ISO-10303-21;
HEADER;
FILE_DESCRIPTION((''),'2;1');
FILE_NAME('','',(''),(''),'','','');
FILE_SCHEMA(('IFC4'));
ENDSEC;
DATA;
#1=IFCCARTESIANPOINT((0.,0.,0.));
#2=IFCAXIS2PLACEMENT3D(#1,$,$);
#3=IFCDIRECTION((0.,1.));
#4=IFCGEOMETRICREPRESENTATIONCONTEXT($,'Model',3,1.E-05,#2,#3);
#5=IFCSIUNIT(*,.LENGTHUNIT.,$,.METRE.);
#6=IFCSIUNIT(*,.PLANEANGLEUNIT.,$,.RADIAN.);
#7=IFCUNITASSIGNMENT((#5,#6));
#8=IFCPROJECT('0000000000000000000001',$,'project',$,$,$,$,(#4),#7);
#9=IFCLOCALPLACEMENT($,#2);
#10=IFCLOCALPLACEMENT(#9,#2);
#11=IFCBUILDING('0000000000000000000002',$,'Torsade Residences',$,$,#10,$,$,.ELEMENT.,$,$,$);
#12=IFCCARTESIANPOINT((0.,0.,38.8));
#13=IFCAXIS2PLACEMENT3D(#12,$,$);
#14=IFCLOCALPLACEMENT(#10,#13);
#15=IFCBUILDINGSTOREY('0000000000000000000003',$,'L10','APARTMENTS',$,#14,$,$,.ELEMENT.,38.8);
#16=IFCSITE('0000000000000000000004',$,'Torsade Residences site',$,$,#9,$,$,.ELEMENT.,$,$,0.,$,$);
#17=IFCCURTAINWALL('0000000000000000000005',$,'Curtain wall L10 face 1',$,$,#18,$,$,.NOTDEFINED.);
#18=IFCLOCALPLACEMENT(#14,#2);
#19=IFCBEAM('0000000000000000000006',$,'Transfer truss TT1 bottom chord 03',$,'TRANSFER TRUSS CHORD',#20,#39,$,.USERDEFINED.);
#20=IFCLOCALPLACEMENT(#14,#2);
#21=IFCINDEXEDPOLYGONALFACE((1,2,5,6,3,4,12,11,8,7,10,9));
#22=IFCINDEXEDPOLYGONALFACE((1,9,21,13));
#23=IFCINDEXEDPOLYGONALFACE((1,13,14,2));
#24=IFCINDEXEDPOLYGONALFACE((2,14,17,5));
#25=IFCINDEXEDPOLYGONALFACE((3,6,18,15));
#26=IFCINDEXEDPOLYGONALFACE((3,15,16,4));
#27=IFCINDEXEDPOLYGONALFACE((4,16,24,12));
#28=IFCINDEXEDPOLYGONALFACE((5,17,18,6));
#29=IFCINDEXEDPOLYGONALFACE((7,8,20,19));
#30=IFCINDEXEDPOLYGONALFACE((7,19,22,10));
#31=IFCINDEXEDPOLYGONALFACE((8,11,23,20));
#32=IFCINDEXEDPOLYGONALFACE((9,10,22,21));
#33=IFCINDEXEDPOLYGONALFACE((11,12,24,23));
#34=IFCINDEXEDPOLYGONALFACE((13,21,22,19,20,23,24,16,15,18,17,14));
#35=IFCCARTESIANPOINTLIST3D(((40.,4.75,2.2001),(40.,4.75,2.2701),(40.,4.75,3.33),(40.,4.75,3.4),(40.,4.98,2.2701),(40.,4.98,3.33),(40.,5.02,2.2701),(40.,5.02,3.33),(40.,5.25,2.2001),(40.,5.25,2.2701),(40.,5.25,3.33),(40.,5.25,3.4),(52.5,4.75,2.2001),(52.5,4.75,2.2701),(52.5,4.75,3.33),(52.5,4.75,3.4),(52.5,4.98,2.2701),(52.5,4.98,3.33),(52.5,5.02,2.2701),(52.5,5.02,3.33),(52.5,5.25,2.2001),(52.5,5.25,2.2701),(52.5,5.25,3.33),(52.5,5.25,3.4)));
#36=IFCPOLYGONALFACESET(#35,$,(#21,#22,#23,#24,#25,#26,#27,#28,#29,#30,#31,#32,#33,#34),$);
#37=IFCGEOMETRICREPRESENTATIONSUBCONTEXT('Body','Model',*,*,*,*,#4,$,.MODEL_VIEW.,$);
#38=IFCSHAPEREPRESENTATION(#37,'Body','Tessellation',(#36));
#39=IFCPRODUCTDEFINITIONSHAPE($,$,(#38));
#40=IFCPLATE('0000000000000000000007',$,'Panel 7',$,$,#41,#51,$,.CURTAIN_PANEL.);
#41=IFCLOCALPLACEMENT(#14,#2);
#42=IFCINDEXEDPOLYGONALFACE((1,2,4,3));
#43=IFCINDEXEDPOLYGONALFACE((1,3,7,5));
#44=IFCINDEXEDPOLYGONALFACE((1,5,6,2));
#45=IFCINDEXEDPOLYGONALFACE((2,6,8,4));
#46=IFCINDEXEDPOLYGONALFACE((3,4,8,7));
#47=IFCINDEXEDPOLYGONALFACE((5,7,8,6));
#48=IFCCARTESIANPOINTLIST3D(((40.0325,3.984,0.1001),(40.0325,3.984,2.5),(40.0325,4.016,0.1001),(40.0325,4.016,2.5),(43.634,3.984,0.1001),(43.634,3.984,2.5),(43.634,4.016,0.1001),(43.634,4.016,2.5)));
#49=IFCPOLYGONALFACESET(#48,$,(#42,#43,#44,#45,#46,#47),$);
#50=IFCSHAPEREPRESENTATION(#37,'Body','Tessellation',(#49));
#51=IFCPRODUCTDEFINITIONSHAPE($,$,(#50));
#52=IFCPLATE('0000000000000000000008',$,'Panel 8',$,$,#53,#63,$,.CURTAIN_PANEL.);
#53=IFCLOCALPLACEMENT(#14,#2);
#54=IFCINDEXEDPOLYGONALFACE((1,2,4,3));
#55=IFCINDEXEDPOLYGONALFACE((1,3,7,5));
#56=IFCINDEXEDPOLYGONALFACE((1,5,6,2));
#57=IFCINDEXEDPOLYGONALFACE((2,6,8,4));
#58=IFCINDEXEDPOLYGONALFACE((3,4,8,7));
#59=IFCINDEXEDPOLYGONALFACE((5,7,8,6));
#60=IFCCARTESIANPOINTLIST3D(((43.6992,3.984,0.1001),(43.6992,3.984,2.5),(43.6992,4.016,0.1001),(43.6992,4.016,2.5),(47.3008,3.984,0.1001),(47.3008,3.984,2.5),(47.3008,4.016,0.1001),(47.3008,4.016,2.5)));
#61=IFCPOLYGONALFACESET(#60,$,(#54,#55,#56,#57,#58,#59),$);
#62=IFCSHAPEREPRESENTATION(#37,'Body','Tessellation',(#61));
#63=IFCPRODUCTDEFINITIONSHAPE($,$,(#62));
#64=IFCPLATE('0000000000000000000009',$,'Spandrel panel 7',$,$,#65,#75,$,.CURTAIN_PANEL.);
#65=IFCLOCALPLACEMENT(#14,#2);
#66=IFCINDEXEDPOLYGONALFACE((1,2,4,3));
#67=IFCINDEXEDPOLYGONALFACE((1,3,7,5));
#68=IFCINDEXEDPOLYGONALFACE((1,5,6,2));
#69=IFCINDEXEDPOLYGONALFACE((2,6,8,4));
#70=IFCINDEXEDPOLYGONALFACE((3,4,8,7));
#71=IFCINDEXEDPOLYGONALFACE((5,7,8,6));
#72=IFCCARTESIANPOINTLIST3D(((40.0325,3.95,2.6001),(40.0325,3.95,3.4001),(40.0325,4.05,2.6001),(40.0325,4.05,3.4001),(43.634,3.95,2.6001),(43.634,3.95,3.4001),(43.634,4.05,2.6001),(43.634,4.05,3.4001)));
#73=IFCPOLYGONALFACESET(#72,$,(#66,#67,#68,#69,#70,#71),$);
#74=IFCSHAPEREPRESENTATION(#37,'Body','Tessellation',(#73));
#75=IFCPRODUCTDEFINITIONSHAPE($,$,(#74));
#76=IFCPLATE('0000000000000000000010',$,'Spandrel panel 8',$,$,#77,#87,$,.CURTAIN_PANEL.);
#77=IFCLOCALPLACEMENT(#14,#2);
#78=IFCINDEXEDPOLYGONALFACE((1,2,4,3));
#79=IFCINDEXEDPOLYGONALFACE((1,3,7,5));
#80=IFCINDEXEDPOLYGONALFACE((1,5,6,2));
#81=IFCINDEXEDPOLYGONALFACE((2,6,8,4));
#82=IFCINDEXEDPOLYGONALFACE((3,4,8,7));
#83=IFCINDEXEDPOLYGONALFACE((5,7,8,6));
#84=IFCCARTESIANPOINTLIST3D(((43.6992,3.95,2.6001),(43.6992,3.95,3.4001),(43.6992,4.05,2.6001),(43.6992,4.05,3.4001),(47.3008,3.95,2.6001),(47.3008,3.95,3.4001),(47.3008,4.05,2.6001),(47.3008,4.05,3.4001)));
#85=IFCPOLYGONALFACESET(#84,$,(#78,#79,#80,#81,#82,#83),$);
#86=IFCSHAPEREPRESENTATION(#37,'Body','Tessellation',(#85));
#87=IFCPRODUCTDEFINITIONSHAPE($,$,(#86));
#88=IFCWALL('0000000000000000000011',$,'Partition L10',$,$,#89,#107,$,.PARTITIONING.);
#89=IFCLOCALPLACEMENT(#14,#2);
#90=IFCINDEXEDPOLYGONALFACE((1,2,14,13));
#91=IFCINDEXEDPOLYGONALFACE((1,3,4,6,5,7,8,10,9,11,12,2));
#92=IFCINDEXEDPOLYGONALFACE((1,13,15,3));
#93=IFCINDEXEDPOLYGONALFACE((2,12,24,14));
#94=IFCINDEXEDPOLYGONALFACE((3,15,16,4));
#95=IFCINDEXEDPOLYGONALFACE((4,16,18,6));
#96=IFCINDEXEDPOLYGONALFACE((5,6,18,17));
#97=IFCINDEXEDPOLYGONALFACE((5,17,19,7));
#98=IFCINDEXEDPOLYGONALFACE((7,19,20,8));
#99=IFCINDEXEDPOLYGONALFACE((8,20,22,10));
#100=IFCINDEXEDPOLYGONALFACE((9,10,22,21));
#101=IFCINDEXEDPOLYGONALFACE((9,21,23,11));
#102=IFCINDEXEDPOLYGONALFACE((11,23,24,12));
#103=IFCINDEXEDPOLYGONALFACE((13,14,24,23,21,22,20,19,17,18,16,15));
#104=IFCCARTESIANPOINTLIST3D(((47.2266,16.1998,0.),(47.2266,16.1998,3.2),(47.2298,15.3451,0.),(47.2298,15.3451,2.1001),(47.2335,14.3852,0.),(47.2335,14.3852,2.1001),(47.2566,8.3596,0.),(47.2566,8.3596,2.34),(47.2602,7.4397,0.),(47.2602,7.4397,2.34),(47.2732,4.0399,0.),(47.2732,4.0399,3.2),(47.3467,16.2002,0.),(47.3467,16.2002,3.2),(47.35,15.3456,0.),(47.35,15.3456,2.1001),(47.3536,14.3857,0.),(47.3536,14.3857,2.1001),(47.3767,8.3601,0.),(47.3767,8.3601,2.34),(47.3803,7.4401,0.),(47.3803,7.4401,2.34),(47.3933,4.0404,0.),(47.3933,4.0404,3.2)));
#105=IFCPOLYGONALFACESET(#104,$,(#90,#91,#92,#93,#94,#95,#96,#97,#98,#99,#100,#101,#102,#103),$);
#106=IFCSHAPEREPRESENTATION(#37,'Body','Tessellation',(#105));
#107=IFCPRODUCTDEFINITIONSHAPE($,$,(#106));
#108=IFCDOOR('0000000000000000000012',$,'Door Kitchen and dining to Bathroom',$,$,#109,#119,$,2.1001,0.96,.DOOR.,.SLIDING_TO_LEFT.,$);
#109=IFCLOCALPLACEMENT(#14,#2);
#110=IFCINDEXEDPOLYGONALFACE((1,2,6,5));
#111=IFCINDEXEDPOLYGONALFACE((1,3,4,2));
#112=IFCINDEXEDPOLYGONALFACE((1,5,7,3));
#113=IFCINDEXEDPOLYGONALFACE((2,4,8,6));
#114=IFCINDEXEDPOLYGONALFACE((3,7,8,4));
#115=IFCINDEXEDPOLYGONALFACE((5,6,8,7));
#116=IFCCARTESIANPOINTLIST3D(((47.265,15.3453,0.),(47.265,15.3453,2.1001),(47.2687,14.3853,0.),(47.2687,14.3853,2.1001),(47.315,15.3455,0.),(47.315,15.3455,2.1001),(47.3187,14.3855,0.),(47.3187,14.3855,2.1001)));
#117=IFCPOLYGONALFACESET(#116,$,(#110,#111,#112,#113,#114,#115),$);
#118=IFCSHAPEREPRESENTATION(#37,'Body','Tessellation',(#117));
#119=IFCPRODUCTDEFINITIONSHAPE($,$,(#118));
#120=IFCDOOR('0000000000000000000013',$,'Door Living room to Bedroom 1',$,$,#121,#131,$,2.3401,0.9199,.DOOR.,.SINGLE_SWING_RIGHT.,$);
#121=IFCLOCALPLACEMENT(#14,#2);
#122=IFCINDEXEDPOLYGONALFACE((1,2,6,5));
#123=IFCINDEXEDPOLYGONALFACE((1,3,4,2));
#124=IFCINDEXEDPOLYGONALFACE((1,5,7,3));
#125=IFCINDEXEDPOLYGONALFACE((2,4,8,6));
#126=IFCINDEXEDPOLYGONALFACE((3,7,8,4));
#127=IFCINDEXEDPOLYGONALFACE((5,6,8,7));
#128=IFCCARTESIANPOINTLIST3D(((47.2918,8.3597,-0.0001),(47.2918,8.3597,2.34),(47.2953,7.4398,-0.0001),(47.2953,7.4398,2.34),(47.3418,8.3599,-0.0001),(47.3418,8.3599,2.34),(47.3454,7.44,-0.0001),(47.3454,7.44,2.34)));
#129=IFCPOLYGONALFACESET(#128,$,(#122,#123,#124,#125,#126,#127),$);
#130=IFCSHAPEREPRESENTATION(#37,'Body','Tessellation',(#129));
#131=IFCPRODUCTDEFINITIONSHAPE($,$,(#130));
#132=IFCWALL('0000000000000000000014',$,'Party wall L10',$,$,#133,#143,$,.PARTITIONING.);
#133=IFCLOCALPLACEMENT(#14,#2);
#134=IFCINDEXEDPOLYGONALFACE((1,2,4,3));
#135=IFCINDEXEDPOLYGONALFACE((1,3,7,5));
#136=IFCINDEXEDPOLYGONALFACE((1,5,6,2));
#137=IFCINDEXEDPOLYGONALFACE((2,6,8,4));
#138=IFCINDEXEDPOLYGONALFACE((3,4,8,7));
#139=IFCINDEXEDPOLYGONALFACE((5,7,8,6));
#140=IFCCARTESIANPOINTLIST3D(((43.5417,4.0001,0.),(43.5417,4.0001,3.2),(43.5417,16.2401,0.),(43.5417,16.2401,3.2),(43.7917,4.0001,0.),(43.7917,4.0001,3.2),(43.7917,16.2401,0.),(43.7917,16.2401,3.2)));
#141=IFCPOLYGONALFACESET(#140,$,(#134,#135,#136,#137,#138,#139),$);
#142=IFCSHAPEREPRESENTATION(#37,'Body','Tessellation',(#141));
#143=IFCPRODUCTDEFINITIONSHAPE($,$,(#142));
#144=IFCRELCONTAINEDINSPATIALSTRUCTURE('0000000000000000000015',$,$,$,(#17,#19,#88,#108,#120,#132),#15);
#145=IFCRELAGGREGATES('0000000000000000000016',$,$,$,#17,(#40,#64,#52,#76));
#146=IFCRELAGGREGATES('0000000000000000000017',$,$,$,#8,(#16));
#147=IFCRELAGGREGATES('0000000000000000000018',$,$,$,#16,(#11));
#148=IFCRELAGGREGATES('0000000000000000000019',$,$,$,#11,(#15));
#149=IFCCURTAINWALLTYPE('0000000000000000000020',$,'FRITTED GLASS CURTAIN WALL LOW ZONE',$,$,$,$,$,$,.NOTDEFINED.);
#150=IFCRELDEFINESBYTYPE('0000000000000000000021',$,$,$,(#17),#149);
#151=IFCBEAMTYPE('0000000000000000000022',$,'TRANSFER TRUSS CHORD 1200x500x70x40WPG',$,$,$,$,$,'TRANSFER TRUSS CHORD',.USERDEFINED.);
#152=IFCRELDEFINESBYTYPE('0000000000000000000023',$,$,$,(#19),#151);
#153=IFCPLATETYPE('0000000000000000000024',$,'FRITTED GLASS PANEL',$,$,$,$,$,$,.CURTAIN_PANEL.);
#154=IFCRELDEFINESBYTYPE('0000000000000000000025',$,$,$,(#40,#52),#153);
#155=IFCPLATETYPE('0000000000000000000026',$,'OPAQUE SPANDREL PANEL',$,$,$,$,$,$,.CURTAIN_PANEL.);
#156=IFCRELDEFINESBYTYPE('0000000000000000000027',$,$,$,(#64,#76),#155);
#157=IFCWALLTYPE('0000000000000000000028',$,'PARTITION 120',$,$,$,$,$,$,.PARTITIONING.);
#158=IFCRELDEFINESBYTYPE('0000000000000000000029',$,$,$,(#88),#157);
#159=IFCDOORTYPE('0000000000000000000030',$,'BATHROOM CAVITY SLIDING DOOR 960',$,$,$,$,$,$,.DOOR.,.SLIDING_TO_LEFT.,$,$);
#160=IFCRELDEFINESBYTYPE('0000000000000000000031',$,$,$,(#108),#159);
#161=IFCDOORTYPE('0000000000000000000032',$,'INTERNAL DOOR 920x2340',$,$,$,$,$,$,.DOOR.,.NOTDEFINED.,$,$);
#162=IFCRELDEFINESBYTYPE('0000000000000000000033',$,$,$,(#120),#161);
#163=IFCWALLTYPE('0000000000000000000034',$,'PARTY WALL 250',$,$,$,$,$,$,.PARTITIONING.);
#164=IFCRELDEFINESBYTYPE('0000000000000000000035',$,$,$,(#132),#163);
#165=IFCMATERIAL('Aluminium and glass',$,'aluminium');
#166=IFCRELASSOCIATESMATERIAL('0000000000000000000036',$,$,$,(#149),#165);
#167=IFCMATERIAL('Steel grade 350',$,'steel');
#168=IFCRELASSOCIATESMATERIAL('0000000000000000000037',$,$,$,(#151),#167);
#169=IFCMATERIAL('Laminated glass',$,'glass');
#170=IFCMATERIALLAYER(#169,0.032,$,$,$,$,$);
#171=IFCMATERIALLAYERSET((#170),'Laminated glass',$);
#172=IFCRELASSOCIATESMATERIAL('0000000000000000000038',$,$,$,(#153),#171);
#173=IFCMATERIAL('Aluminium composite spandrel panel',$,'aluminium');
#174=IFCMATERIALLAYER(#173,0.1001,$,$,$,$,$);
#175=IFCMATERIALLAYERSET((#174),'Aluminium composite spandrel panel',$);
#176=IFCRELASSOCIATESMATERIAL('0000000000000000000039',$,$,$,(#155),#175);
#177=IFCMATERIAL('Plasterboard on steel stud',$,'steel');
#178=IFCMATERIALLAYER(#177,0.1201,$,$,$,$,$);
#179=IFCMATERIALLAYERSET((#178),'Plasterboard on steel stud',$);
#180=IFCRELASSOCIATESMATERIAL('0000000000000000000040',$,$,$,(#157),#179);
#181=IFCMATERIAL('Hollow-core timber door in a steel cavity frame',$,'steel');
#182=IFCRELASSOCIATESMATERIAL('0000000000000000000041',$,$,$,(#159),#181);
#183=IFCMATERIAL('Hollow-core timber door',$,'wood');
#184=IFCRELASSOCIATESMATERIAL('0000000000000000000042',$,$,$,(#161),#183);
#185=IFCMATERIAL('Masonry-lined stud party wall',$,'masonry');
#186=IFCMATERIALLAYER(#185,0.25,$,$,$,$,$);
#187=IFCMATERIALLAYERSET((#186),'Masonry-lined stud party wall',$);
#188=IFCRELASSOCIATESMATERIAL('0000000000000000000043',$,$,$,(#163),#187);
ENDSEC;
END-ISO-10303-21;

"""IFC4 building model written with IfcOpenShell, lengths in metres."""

from ifc_helpers import new_model, si_unit, direction, frame, frame_2d, origin, origin_2d, place, context, subcontext, project, spatial, rectangle, i_section, extrude, material, layer, layer_set, material_profile, profile_set, type_object, element, fill, aggregate, save


model = new_model("IFC4")

# Units and contexts
model_context = context("Model", 3, precision=1e-05, world=origin(), true_north=direction((0.0, 1.0)))
body_context = subcontext(model_context, "Body", "Model", "MODEL_VIEW")
ifc_project = project(units=[si_unit("LENGTHUNIT", "METRE"), si_unit("PLANEANGLEUNIT", "RADIAN")], contexts=[model_context])

# Site, building, storey
site_placement = place(None, origin())
site = spatial("IfcSite", under=ifc_project, at=site_placement, Name="Torsade Residences site", CompositionType="ELEMENT", RefElevation=0.0)
building_placement = place(site_placement, origin())
building = spatial("IfcBuilding", under=site, at=building_placement, Name="Torsade Residences", CompositionType="ELEMENT")
storey_placement = place(building_placement, frame((0.0, 0.0, 38.8)))
storey = spatial("IfcBuildingStorey", under=building, at=storey_placement, Name="L10", Description="APARTMENTS", CompositionType="ELEMENT", Elevation=38.8)

# Curtain wall
ifc_material_1 = material(Name="Aluminium and glass", Category="aluminium")
curtain_wall_type = type_object("IfcCurtainWallType", Name="FRITTED GLASS CURTAIN WALL LOW ZONE", PredefinedType="NOTDEFINED", material=ifc_material_1)
curtain_wall_placement = place(storey_placement, origin())
curtain_wall = element("IfcCurtainWall", 1, at=curtain_wall_placement, inside=storey, type_object=curtain_wall_type, Name="Curtain wall L10 face 1", PredefinedType="NOTDEFINED")

# Beam
ifc_material_2 = material(Name="Steel grade 350", Category="steel")
ifc_material_profile_1 = material_profile(ifc_material_2, i_section(OverallWidth=0.5, OverallDepth=1.2, WebThickness=0.04, FlangeThickness=0.0701, at=origin_2d()), Name="1200x500x70x40WPG")
ifc_profile_set_1 = profile_set([ifc_material_profile_1], Name="Steel grade 350")
beam_type_1 = type_object("IfcBeamType", Name="TRANSFER TRUSS CHORD 1200x500x70x40WPG", ElementType="TRANSFER TRUSS CHORD", PredefinedType="USERDEFINED", material=ifc_profile_set_1)
beam_1_placement = place(storey_placement, frame((40.0, 5.0, 2.8), z_axis=(1.0, 0.0, 0.0), x_axis=(0.0, 1.0, 0.0)))
element("IfcBeam", 2, at=beam_1_placement, inside=storey, type_object=beam_type_1, Name="Transfer truss TT1 bottom chord 03", ObjectType="TRANSFER TRUSS CHORD", PredefinedType="USERDEFINED", context=body_context, shape_type="SweptSolid", body=[
    extrude(i_section(OverallWidth=0.5, OverallDepth=1.2, WebThickness=0.04, FlangeThickness=0.0701, at=origin_2d()), origin(), (0.0, 0.0, 1.0), 12.5),
])

# Plates
ifc_material_3 = material(Name="Laminated glass", Category="glass")
ifc_layer_1 = layer(ifc_material_3, 0.032)
ifc_layer_set_1 = layer_set([ifc_layer_1], Name="Laminated glass")
plate_type_1 = type_object("IfcPlateType", Name="FRITTED GLASS PANEL", PredefinedType="CURTAIN_PANEL", material=ifc_layer_set_1)
plate_1_placement = place(storey_placement, frame((41.8333, 4.0, 0.1001), z_axis=(0.0, 0.0, 1.0), x_axis=(1.0, 0.0, 0.0)))
plate_1 = element("IfcPlate", 3, at=plate_1_placement, type_object=plate_type_1, Name="Panel 7", PredefinedType="CURTAIN_PANEL", context=body_context, shape_type="SweptSolid", body=[
    extrude(rectangle(XDim=3.6016, YDim=0.032, at=origin_2d()), origin(), (0.0, 0.0, 1.0), 2.3999),
])
plate_2_placement = place(storey_placement, frame((45.5, 4.0, 0.1001), z_axis=(0.0, 0.0, 1.0), x_axis=(1.0, 0.0, 0.0)))
plate_2 = element("IfcPlate", 4, at=plate_2_placement, type_object=plate_type_1, Name="Panel 8", PredefinedType="CURTAIN_PANEL", context=body_context, shape_type="SweptSolid", body=[
    extrude(rectangle(XDim=3.6016, YDim=0.032, at=origin_2d()), origin(), (0.0, 0.0, 1.0), 2.3999),
])
ifc_material_4 = material(Name="Aluminium composite spandrel panel", Category="aluminium")
ifc_layer_2 = layer(ifc_material_4, 0.1001)
ifc_layer_set_2 = layer_set([ifc_layer_2], Name="Aluminium composite spandrel panel")
plate_type_2 = type_object("IfcPlateType", Name="OPAQUE SPANDREL PANEL", PredefinedType="CURTAIN_PANEL", material=ifc_layer_set_2)
plate_3_placement = place(storey_placement, frame((41.8333, 4.0, 2.6001), z_axis=(0.0, 0.0, 1.0), x_axis=(1.0, 0.0, 0.0)))
plate_3 = element("IfcPlate", 5, at=plate_3_placement, type_object=plate_type_2, Name="Spandrel panel 7", PredefinedType="CURTAIN_PANEL", context=body_context, shape_type="SweptSolid", body=[
    extrude(rectangle(XDim=3.6016, YDim=0.1001, at=origin_2d()), origin(), (0.0, 0.0, 1.0), 0.8),
])
plate_4_placement = place(storey_placement, frame((45.5, 4.0, 2.6001), z_axis=(0.0, 0.0, 1.0), x_axis=(1.0, 0.0, 0.0)))
plate_4 = element("IfcPlate", 6, at=plate_4_placement, type_object=plate_type_2, Name="Spandrel panel 8", PredefinedType="CURTAIN_PANEL", context=body_context, shape_type="SweptSolid", body=[
    extrude(rectangle(XDim=3.6016, YDim=0.1001, at=origin_2d()), origin(), (0.0, 0.0, 1.0), 0.8),
])
aggregate(curtain_wall, [plate_1, plate_3, plate_2, plate_4])

# Wall, openings, doors
ifc_material_5 = material(Name="Plasterboard on steel stud", Category="steel")
ifc_layer_3 = layer(ifc_material_5, 0.1201)
ifc_layer_set_3 = layer_set([ifc_layer_3], Name="Plasterboard on steel stud")
wall_type_1 = type_object("IfcWallType", Name="PARTITION 120", PredefinedType="PARTITIONING", material=ifc_layer_set_3)
wall_1_placement = place(storey_placement, frame((47.3333, 4.04, 0.0), z_axis=(0.0, 0.0, 1.0), x_axis=(-0.003835, 0.999993, 0.0)))
wall_1 = element("IfcWall", 7, at=wall_1_placement, inside=storey, type_object=wall_type_1, Name="Partition L10", PredefinedType="PARTITIONING", context=body_context, shape_type="SweptSolid", body=[
    extrude(rectangle(XDim=12.1599, YDim=0.1201, at=frame_2d((6.0801, 0.0))), origin(), (0.0, 0.0, 1.0), 3.2),
])
opening_1_placement = place(wall_1_placement, frame((10.3455, 0.0, 0.0)))
opening_1 = element("IfcOpeningElement", 8, at=opening_1_placement, cuts=wall_1, PredefinedType="OPENING", context=body_context, shape_type="SweptSolid", body=[
    extrude(rectangle(XDim=0.96, YDim=2.1001, at=frame_2d((0.48, 1.05))), frame((0.0, 0.0701, 0.0), z_axis=(0.0, -1.0, 0.0), x_axis=(1.0, 0.0, 0.0)), (0.0, 0.0, 1.0), 0.1401),
])
opening_2_placement = place(wall_1_placement, frame((3.3999, 0.0, 0.0)))
opening_2 = element("IfcOpeningElement", 9, at=opening_2_placement, cuts=wall_1, PredefinedType="OPENING", context=body_context, shape_type="SweptSolid", body=[
    extrude(rectangle(XDim=0.9199, YDim=2.3401, at=frame_2d((0.46, 1.1699))), frame((0.0, 0.0701, 0.0), z_axis=(0.0, -1.0, 0.0), x_axis=(1.0, 0.0, 0.0)), (0.0, 0.0, 1.0), 0.1401),
])
ifc_material_6 = material(Name="Hollow-core timber door in a steel cavity frame", Category="steel")
door_type_1 = type_object("IfcDoorType", Name="BATHROOM CAVITY SLIDING DOOR 960", OperationType="SLIDING_TO_LEFT", PredefinedType="DOOR", material=ifc_material_6)
door_1_placement = place(opening_1_placement, origin())
door_1 = element("IfcDoor", 10, at=door_1_placement, inside=storey, type_object=door_type_1, Name="Door Kitchen and dining to Bathroom", OperationType="SLIDING_TO_LEFT", OverallHeight=2.1001, OverallWidth=0.96, PredefinedType="DOOR", context=body_context, shape_type="SweptSolid", body=[
    extrude(rectangle(XDim=0.96, YDim=2.1001, at=frame_2d((0.48, 1.05))), frame((0.0, 0.0249, 0.0), z_axis=(0.0, -1.0, 0.0), x_axis=(1.0, 0.0, 0.0)), (0.0, 0.0, 1.0), 0.05),
])
fill(opening_1, door_1)
ifc_material_7 = material(Name="Hollow-core timber door", Category="wood")
door_type_2 = type_object("IfcDoorType", Name="INTERNAL DOOR 920x2340", OperationType="NOTDEFINED", PredefinedType="DOOR", material=ifc_material_7)
door_2_placement = place(opening_2_placement, origin())
door_2 = element("IfcDoor", 11, at=door_2_placement, inside=storey, type_object=door_type_2, Name="Door Living room to Bedroom 1", OperationType="SINGLE_SWING_RIGHT", OverallHeight=2.3401, OverallWidth=0.9199, PredefinedType="DOOR", context=body_context, shape_type="SweptSolid", body=[
    extrude(rectangle(XDim=0.9199, YDim=2.3401, at=frame_2d((0.46, 1.1699))), frame((0.0, 0.0249, 0.0), z_axis=(0.0, -1.0, 0.0), x_axis=(1.0, 0.0, 0.0)), (0.0, 0.0, 1.0), 0.05),
])
fill(opening_2, door_2)

# Wall
ifc_material_8 = material(Name="Masonry-lined stud party wall", Category="masonry")
ifc_layer_4 = layer(ifc_material_8, 0.25)
ifc_layer_set_4 = layer_set([ifc_layer_4], Name="Masonry-lined stud party wall")
wall_type_2 = type_object("IfcWallType", Name="PARTY WALL 250", PredefinedType="PARTITIONING", material=ifc_layer_set_4)
wall_2_placement = place(storey_placement, frame((43.6667, 4.0, 0.0), z_axis=(0.0, 0.0, 1.0), x_axis=(0.0, 1.0, 0.0)))
element("IfcWall", 12, at=wall_2_placement, inside=storey, type_object=wall_type_2, Name="Party wall L10", PredefinedType="PARTITIONING", context=body_context, shape_type="SweptSolid", body=[
    extrude(rectangle(XDim=12.24, YDim=0.25, at=frame_2d((6.1201, 0.0))), origin(), (0.0, 0.0, 1.0), 3.2),
])

save(model, "model.ifc")
